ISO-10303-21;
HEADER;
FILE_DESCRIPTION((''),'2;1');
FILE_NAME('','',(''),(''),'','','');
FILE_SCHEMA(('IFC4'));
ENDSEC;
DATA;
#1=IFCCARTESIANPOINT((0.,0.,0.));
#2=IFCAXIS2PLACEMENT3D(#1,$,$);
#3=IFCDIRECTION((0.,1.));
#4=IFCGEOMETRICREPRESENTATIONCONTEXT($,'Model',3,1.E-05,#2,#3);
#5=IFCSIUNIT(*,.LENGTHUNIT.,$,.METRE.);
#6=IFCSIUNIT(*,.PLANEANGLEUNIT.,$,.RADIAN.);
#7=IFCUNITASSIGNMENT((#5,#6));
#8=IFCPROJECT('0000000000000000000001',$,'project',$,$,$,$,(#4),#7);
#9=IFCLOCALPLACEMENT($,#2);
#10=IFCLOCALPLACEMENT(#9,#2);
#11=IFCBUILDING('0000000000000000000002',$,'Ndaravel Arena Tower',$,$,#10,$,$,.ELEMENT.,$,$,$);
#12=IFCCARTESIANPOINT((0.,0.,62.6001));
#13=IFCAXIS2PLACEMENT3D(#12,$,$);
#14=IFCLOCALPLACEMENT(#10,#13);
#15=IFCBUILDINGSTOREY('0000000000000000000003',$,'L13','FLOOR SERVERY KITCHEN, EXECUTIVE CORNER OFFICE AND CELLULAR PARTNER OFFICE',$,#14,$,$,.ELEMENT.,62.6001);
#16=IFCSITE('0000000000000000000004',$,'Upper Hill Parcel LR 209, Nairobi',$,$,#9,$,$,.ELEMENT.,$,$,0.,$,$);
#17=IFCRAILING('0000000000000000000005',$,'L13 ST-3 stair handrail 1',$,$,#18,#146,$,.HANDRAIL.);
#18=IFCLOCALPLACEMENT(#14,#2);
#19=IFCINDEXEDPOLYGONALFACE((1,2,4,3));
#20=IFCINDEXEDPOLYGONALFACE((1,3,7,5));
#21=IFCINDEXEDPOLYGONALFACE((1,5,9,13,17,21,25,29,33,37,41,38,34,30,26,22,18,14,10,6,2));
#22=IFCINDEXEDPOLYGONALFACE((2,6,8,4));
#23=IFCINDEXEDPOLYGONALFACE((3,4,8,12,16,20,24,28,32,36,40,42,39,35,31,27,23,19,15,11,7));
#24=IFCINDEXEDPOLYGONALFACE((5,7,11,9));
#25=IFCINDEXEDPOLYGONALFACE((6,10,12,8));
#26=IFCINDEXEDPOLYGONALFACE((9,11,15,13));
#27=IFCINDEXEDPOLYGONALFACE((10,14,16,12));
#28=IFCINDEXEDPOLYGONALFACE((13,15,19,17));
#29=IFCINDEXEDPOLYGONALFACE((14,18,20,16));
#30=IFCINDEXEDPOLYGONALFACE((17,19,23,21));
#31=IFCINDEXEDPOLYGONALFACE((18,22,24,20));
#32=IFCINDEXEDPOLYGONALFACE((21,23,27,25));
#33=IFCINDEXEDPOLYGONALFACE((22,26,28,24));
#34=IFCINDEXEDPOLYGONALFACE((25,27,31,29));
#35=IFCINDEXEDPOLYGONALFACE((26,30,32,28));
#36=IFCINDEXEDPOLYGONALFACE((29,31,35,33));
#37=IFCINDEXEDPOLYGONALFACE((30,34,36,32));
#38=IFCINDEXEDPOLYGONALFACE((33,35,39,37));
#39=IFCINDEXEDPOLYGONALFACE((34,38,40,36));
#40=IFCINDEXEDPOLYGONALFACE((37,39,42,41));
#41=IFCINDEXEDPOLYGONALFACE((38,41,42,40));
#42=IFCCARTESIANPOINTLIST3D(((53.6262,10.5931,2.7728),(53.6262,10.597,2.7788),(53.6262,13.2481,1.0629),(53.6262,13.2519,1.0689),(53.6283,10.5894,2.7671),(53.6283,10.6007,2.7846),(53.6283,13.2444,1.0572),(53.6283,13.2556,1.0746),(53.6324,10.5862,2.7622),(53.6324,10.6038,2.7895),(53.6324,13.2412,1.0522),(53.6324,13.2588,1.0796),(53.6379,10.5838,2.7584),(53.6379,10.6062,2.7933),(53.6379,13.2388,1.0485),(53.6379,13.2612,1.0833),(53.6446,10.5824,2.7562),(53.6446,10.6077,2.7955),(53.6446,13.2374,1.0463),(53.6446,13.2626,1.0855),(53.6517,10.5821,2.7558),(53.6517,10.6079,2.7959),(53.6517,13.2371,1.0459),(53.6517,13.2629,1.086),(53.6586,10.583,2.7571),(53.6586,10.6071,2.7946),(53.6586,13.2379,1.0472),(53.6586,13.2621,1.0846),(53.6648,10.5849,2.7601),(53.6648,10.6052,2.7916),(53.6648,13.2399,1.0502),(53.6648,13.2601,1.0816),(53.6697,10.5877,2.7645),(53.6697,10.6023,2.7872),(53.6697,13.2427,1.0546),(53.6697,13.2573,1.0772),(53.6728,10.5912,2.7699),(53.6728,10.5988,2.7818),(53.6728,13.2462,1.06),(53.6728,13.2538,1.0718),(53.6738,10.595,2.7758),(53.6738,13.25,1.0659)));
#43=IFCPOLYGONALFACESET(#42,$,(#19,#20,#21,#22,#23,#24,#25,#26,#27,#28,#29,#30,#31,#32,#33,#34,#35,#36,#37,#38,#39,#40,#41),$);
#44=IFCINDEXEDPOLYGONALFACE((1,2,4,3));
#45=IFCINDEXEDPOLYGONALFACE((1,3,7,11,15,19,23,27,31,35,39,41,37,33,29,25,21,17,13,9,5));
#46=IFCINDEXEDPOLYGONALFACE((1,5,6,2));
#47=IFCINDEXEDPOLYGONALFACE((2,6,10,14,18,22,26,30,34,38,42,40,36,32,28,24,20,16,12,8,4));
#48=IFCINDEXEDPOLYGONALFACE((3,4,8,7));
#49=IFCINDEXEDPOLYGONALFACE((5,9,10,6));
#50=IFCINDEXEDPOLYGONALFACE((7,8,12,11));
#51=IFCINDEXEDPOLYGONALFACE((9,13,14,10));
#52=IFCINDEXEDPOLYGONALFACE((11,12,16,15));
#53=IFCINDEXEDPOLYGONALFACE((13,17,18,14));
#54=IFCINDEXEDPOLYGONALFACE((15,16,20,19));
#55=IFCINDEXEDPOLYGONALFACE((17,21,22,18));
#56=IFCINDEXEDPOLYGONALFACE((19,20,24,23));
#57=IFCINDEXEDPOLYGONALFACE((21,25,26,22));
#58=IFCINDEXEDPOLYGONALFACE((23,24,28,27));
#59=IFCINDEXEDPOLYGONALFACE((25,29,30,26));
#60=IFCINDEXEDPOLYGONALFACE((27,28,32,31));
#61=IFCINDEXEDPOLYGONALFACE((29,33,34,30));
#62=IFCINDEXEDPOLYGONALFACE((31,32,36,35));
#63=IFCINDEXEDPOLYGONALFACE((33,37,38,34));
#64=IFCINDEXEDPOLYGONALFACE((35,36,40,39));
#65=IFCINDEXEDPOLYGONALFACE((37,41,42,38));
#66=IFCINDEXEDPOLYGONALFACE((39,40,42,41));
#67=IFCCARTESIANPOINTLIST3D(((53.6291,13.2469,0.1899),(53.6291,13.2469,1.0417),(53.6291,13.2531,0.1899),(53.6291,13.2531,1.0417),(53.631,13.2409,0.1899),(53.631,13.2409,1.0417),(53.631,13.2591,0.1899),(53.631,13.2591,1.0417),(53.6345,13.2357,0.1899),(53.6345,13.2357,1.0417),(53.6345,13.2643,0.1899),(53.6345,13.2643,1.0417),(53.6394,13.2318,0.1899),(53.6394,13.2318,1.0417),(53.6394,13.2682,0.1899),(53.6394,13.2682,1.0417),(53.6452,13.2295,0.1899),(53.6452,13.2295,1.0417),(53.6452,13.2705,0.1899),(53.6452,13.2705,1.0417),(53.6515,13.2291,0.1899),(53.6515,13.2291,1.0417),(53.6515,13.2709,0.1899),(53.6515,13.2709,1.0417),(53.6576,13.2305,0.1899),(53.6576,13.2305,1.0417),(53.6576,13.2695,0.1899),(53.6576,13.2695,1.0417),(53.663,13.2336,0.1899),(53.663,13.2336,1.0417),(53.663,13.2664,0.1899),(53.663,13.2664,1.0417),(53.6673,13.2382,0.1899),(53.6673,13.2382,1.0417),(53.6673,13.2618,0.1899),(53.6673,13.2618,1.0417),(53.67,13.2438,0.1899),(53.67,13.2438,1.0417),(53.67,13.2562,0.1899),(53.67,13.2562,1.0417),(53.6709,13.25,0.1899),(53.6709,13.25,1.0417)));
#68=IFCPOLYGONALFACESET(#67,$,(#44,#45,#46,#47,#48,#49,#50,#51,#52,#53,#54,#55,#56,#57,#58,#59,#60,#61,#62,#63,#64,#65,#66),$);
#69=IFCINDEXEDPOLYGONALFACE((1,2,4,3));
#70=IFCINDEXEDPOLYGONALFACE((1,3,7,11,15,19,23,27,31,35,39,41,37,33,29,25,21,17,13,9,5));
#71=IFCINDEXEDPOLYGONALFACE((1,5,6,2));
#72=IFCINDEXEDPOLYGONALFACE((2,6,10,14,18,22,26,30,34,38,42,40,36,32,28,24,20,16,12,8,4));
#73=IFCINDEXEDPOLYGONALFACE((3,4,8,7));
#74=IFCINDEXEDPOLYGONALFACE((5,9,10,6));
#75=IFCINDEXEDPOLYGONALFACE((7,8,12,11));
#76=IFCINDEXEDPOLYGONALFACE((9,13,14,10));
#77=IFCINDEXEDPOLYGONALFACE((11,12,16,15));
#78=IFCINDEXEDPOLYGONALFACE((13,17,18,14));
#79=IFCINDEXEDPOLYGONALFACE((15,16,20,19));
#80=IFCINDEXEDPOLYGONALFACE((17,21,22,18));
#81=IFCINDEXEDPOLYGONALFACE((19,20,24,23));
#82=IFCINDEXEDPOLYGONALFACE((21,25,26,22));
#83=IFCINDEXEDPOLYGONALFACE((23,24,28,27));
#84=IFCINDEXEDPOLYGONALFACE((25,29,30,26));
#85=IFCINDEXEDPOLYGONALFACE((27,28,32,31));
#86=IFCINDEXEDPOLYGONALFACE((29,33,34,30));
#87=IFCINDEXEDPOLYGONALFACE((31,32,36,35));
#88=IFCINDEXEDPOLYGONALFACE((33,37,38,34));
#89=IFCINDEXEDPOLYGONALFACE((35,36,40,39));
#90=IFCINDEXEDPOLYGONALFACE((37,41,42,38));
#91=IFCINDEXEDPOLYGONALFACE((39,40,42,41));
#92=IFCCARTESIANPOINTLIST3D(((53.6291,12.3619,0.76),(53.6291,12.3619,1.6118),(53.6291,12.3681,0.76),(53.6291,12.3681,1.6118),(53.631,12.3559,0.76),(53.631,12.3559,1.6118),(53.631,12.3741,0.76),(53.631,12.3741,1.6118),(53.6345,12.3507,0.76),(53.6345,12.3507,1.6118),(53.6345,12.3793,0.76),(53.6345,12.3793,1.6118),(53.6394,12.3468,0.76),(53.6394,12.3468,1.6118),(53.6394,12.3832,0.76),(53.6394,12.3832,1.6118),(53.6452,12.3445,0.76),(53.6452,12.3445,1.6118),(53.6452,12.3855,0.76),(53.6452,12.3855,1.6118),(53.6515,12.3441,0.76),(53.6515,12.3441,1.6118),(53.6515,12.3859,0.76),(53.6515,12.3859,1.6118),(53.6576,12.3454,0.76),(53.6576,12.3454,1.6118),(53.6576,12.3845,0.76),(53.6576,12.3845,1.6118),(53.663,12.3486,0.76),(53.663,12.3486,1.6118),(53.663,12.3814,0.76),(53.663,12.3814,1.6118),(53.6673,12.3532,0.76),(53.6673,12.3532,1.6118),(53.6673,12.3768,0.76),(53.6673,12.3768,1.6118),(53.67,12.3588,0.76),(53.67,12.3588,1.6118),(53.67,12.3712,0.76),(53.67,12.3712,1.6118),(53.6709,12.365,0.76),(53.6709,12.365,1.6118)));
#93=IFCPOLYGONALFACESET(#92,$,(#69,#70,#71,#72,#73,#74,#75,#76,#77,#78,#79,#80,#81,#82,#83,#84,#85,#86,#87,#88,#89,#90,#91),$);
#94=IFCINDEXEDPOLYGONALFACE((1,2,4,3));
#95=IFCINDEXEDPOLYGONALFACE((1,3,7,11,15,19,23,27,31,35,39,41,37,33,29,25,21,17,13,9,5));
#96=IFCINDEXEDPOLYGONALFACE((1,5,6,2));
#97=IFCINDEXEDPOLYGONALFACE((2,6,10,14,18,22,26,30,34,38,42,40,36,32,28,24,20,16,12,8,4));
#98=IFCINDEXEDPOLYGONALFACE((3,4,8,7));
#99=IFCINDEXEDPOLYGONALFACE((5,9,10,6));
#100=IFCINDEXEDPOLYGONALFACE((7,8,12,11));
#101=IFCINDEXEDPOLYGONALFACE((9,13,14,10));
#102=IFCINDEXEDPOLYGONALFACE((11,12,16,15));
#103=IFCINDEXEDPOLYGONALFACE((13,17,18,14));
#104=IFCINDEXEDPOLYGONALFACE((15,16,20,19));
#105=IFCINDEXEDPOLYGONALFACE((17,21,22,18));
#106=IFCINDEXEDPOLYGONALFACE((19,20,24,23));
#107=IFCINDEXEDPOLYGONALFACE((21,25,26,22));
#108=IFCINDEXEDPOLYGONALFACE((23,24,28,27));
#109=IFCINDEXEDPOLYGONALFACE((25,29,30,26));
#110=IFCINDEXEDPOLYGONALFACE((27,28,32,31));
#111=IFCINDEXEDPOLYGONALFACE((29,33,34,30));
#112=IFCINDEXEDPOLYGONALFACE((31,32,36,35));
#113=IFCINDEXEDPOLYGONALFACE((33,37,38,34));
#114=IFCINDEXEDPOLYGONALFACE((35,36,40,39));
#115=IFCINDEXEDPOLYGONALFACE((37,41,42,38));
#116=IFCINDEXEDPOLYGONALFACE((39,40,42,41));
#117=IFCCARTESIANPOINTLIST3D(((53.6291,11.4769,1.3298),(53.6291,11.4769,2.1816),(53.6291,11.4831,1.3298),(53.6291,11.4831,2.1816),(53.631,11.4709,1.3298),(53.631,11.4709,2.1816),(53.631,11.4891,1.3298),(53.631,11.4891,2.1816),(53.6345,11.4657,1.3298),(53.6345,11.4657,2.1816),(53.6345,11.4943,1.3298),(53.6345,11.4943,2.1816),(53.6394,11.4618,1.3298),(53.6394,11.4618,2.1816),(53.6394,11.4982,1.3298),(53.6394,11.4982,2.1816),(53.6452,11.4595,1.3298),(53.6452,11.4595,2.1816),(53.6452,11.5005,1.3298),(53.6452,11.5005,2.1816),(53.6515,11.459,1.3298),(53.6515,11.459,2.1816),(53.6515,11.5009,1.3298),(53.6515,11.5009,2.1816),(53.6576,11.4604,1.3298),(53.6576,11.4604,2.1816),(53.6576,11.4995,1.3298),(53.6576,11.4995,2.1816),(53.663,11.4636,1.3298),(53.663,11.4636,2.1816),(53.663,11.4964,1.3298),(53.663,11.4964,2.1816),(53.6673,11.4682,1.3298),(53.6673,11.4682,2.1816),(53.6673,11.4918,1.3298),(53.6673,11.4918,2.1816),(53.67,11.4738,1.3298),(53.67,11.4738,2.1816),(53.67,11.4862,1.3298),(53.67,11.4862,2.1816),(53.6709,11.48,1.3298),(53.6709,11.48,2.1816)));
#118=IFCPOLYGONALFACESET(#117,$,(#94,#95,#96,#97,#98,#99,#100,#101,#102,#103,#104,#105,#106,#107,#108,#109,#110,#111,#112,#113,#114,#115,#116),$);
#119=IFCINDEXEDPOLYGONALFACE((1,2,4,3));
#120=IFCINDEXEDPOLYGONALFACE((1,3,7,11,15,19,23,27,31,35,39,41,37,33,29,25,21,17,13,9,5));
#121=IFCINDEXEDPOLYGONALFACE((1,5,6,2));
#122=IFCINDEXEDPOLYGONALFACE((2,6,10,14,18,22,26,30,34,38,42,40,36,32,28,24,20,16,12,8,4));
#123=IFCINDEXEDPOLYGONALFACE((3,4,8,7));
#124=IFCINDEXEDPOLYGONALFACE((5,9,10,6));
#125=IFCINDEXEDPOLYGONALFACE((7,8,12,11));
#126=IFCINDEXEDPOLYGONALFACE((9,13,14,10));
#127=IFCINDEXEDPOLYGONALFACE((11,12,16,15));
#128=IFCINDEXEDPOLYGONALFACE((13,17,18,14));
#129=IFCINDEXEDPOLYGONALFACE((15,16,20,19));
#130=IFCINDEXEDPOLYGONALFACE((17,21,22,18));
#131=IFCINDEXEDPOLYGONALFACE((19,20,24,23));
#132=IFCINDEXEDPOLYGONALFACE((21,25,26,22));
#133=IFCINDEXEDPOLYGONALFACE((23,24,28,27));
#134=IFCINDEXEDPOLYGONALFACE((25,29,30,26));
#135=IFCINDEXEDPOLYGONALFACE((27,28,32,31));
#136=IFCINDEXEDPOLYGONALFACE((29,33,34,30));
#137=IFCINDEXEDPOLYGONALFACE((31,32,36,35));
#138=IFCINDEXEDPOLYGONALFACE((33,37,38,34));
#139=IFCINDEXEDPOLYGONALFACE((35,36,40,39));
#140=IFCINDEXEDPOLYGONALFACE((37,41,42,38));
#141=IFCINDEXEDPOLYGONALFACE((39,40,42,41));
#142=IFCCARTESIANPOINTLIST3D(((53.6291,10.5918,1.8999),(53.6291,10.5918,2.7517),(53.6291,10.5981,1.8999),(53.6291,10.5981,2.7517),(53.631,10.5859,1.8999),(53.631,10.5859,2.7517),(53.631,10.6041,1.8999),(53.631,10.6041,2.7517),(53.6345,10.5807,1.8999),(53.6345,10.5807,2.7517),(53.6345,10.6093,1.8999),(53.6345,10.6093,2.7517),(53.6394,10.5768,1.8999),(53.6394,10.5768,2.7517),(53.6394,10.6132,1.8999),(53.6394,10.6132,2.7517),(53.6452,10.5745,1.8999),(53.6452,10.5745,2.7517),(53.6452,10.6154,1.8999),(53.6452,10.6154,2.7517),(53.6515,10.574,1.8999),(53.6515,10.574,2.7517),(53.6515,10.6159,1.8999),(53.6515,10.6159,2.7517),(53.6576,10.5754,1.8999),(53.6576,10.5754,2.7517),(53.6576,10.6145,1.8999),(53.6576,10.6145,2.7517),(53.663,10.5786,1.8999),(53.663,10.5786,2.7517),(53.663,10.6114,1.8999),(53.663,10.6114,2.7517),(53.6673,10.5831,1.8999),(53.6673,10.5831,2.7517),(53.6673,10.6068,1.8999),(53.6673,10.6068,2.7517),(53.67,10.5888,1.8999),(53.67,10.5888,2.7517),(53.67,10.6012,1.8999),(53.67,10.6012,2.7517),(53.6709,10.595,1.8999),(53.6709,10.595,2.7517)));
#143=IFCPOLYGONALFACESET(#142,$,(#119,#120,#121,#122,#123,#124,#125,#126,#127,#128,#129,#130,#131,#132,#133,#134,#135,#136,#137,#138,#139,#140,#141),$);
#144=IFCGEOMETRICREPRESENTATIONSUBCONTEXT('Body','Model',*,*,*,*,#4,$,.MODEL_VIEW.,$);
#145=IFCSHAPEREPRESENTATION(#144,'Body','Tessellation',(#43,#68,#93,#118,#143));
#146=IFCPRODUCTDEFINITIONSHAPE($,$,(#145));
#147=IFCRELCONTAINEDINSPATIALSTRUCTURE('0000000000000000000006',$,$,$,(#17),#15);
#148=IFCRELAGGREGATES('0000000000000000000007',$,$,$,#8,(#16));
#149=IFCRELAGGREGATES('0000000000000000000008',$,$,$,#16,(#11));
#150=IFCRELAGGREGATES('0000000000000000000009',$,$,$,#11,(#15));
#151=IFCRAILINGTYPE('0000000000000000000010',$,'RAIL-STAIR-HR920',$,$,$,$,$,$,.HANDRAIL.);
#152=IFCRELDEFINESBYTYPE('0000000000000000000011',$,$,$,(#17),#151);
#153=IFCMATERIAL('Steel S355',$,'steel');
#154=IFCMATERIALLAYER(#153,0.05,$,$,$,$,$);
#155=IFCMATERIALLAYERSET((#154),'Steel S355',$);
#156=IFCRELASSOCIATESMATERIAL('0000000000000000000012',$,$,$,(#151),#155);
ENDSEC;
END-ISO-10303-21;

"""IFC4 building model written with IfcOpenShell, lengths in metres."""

from ifc_helpers import new_model, si_unit, direction, frame, origin, origin_2d, place, context, subcontext, project, spatial, circle, extrude, material, layer, layer_set, type_object, element, save


model = new_model("IFC4")

# Units and contexts
model_context = context("Model", 3, precision=1e-05, world=origin(), true_north=direction((0.0, 1.0)))
body_context = subcontext(model_context, "Body", "Model", "MODEL_VIEW")
ifc_project = project(units=[si_unit("LENGTHUNIT", "METRE"), si_unit("PLANEANGLEUNIT", "RADIAN")], contexts=[model_context])

# Site, building, storey
site_placement = place(None, origin())
site = spatial("IfcSite", under=ifc_project, at=site_placement, Name="Upper Hill Parcel LR 209, Nairobi", CompositionType="ELEMENT", RefElevation=0.0)
building_placement = place(site_placement, origin())
building = spatial("IfcBuilding", under=site, at=building_placement, Name="Ndaravel Arena Tower", CompositionType="ELEMENT")
storey_placement = place(building_placement, frame((0.0, 0.0, 62.6001)))
storey = spatial("IfcBuildingStorey", under=building, at=storey_placement, Name="L13", Description="FLOOR SERVERY KITCHEN, EXECUTIVE CORNER OFFICE AND CELLULAR PARTNER OFFICE", CompositionType="ELEMENT", Elevation=62.6001)

# Railing
ifc_material_1 = material(Name="Steel S355", Category="steel")
ifc_layer_1 = layer(ifc_material_1, 0.05)
ifc_layer_set_1 = layer_set([ifc_layer_1], Name="Steel S355")
railing_type_1 = type_object("IfcRailingType", Name="RAIL-STAIR-HR920", PredefinedType="HANDRAIL", material=ifc_layer_set_1)
railing_1_placement = place(storey_placement, frame((53.6499, 13.25, 0.1899)))
element("IfcRailing", 1, at=railing_1_placement, inside=storey, type_object=railing_type_1, Name="L13 ST-3 stair handrail 1", PredefinedType="HANDRAIL", context=body_context, shape_type="SweptSolid", body=[
    extrude(circle(Radius=0.0239, at=origin_2d()), frame((0.0, 0.0, 0.876), z_axis=(0.0, -0.840724, 0.541465), x_axis=(1.0, 0.0, 0.0)), (0.0, 0.0, 1.0), 3.158),
    extrude(circle(Radius=0.021, at=origin_2d()), origin(), (0.0, 0.0, 1.0), 0.8518),
    extrude(circle(Radius=0.021, at=origin_2d()), frame((0.0, -0.885, 0.5701)), (0.0, 0.0, 1.0), 0.8518),
    extrude(circle(Radius=0.021, at=origin_2d()), frame((0.0, -1.77, 1.1399)), (0.0, 0.0, 1.0), 0.8518),
    extrude(circle(Radius=0.021, at=origin_2d()), frame((0.0, -2.655, 1.71)), (0.0, 0.0, 1.0), 0.8518),
])

save(model, "model.ifc")
